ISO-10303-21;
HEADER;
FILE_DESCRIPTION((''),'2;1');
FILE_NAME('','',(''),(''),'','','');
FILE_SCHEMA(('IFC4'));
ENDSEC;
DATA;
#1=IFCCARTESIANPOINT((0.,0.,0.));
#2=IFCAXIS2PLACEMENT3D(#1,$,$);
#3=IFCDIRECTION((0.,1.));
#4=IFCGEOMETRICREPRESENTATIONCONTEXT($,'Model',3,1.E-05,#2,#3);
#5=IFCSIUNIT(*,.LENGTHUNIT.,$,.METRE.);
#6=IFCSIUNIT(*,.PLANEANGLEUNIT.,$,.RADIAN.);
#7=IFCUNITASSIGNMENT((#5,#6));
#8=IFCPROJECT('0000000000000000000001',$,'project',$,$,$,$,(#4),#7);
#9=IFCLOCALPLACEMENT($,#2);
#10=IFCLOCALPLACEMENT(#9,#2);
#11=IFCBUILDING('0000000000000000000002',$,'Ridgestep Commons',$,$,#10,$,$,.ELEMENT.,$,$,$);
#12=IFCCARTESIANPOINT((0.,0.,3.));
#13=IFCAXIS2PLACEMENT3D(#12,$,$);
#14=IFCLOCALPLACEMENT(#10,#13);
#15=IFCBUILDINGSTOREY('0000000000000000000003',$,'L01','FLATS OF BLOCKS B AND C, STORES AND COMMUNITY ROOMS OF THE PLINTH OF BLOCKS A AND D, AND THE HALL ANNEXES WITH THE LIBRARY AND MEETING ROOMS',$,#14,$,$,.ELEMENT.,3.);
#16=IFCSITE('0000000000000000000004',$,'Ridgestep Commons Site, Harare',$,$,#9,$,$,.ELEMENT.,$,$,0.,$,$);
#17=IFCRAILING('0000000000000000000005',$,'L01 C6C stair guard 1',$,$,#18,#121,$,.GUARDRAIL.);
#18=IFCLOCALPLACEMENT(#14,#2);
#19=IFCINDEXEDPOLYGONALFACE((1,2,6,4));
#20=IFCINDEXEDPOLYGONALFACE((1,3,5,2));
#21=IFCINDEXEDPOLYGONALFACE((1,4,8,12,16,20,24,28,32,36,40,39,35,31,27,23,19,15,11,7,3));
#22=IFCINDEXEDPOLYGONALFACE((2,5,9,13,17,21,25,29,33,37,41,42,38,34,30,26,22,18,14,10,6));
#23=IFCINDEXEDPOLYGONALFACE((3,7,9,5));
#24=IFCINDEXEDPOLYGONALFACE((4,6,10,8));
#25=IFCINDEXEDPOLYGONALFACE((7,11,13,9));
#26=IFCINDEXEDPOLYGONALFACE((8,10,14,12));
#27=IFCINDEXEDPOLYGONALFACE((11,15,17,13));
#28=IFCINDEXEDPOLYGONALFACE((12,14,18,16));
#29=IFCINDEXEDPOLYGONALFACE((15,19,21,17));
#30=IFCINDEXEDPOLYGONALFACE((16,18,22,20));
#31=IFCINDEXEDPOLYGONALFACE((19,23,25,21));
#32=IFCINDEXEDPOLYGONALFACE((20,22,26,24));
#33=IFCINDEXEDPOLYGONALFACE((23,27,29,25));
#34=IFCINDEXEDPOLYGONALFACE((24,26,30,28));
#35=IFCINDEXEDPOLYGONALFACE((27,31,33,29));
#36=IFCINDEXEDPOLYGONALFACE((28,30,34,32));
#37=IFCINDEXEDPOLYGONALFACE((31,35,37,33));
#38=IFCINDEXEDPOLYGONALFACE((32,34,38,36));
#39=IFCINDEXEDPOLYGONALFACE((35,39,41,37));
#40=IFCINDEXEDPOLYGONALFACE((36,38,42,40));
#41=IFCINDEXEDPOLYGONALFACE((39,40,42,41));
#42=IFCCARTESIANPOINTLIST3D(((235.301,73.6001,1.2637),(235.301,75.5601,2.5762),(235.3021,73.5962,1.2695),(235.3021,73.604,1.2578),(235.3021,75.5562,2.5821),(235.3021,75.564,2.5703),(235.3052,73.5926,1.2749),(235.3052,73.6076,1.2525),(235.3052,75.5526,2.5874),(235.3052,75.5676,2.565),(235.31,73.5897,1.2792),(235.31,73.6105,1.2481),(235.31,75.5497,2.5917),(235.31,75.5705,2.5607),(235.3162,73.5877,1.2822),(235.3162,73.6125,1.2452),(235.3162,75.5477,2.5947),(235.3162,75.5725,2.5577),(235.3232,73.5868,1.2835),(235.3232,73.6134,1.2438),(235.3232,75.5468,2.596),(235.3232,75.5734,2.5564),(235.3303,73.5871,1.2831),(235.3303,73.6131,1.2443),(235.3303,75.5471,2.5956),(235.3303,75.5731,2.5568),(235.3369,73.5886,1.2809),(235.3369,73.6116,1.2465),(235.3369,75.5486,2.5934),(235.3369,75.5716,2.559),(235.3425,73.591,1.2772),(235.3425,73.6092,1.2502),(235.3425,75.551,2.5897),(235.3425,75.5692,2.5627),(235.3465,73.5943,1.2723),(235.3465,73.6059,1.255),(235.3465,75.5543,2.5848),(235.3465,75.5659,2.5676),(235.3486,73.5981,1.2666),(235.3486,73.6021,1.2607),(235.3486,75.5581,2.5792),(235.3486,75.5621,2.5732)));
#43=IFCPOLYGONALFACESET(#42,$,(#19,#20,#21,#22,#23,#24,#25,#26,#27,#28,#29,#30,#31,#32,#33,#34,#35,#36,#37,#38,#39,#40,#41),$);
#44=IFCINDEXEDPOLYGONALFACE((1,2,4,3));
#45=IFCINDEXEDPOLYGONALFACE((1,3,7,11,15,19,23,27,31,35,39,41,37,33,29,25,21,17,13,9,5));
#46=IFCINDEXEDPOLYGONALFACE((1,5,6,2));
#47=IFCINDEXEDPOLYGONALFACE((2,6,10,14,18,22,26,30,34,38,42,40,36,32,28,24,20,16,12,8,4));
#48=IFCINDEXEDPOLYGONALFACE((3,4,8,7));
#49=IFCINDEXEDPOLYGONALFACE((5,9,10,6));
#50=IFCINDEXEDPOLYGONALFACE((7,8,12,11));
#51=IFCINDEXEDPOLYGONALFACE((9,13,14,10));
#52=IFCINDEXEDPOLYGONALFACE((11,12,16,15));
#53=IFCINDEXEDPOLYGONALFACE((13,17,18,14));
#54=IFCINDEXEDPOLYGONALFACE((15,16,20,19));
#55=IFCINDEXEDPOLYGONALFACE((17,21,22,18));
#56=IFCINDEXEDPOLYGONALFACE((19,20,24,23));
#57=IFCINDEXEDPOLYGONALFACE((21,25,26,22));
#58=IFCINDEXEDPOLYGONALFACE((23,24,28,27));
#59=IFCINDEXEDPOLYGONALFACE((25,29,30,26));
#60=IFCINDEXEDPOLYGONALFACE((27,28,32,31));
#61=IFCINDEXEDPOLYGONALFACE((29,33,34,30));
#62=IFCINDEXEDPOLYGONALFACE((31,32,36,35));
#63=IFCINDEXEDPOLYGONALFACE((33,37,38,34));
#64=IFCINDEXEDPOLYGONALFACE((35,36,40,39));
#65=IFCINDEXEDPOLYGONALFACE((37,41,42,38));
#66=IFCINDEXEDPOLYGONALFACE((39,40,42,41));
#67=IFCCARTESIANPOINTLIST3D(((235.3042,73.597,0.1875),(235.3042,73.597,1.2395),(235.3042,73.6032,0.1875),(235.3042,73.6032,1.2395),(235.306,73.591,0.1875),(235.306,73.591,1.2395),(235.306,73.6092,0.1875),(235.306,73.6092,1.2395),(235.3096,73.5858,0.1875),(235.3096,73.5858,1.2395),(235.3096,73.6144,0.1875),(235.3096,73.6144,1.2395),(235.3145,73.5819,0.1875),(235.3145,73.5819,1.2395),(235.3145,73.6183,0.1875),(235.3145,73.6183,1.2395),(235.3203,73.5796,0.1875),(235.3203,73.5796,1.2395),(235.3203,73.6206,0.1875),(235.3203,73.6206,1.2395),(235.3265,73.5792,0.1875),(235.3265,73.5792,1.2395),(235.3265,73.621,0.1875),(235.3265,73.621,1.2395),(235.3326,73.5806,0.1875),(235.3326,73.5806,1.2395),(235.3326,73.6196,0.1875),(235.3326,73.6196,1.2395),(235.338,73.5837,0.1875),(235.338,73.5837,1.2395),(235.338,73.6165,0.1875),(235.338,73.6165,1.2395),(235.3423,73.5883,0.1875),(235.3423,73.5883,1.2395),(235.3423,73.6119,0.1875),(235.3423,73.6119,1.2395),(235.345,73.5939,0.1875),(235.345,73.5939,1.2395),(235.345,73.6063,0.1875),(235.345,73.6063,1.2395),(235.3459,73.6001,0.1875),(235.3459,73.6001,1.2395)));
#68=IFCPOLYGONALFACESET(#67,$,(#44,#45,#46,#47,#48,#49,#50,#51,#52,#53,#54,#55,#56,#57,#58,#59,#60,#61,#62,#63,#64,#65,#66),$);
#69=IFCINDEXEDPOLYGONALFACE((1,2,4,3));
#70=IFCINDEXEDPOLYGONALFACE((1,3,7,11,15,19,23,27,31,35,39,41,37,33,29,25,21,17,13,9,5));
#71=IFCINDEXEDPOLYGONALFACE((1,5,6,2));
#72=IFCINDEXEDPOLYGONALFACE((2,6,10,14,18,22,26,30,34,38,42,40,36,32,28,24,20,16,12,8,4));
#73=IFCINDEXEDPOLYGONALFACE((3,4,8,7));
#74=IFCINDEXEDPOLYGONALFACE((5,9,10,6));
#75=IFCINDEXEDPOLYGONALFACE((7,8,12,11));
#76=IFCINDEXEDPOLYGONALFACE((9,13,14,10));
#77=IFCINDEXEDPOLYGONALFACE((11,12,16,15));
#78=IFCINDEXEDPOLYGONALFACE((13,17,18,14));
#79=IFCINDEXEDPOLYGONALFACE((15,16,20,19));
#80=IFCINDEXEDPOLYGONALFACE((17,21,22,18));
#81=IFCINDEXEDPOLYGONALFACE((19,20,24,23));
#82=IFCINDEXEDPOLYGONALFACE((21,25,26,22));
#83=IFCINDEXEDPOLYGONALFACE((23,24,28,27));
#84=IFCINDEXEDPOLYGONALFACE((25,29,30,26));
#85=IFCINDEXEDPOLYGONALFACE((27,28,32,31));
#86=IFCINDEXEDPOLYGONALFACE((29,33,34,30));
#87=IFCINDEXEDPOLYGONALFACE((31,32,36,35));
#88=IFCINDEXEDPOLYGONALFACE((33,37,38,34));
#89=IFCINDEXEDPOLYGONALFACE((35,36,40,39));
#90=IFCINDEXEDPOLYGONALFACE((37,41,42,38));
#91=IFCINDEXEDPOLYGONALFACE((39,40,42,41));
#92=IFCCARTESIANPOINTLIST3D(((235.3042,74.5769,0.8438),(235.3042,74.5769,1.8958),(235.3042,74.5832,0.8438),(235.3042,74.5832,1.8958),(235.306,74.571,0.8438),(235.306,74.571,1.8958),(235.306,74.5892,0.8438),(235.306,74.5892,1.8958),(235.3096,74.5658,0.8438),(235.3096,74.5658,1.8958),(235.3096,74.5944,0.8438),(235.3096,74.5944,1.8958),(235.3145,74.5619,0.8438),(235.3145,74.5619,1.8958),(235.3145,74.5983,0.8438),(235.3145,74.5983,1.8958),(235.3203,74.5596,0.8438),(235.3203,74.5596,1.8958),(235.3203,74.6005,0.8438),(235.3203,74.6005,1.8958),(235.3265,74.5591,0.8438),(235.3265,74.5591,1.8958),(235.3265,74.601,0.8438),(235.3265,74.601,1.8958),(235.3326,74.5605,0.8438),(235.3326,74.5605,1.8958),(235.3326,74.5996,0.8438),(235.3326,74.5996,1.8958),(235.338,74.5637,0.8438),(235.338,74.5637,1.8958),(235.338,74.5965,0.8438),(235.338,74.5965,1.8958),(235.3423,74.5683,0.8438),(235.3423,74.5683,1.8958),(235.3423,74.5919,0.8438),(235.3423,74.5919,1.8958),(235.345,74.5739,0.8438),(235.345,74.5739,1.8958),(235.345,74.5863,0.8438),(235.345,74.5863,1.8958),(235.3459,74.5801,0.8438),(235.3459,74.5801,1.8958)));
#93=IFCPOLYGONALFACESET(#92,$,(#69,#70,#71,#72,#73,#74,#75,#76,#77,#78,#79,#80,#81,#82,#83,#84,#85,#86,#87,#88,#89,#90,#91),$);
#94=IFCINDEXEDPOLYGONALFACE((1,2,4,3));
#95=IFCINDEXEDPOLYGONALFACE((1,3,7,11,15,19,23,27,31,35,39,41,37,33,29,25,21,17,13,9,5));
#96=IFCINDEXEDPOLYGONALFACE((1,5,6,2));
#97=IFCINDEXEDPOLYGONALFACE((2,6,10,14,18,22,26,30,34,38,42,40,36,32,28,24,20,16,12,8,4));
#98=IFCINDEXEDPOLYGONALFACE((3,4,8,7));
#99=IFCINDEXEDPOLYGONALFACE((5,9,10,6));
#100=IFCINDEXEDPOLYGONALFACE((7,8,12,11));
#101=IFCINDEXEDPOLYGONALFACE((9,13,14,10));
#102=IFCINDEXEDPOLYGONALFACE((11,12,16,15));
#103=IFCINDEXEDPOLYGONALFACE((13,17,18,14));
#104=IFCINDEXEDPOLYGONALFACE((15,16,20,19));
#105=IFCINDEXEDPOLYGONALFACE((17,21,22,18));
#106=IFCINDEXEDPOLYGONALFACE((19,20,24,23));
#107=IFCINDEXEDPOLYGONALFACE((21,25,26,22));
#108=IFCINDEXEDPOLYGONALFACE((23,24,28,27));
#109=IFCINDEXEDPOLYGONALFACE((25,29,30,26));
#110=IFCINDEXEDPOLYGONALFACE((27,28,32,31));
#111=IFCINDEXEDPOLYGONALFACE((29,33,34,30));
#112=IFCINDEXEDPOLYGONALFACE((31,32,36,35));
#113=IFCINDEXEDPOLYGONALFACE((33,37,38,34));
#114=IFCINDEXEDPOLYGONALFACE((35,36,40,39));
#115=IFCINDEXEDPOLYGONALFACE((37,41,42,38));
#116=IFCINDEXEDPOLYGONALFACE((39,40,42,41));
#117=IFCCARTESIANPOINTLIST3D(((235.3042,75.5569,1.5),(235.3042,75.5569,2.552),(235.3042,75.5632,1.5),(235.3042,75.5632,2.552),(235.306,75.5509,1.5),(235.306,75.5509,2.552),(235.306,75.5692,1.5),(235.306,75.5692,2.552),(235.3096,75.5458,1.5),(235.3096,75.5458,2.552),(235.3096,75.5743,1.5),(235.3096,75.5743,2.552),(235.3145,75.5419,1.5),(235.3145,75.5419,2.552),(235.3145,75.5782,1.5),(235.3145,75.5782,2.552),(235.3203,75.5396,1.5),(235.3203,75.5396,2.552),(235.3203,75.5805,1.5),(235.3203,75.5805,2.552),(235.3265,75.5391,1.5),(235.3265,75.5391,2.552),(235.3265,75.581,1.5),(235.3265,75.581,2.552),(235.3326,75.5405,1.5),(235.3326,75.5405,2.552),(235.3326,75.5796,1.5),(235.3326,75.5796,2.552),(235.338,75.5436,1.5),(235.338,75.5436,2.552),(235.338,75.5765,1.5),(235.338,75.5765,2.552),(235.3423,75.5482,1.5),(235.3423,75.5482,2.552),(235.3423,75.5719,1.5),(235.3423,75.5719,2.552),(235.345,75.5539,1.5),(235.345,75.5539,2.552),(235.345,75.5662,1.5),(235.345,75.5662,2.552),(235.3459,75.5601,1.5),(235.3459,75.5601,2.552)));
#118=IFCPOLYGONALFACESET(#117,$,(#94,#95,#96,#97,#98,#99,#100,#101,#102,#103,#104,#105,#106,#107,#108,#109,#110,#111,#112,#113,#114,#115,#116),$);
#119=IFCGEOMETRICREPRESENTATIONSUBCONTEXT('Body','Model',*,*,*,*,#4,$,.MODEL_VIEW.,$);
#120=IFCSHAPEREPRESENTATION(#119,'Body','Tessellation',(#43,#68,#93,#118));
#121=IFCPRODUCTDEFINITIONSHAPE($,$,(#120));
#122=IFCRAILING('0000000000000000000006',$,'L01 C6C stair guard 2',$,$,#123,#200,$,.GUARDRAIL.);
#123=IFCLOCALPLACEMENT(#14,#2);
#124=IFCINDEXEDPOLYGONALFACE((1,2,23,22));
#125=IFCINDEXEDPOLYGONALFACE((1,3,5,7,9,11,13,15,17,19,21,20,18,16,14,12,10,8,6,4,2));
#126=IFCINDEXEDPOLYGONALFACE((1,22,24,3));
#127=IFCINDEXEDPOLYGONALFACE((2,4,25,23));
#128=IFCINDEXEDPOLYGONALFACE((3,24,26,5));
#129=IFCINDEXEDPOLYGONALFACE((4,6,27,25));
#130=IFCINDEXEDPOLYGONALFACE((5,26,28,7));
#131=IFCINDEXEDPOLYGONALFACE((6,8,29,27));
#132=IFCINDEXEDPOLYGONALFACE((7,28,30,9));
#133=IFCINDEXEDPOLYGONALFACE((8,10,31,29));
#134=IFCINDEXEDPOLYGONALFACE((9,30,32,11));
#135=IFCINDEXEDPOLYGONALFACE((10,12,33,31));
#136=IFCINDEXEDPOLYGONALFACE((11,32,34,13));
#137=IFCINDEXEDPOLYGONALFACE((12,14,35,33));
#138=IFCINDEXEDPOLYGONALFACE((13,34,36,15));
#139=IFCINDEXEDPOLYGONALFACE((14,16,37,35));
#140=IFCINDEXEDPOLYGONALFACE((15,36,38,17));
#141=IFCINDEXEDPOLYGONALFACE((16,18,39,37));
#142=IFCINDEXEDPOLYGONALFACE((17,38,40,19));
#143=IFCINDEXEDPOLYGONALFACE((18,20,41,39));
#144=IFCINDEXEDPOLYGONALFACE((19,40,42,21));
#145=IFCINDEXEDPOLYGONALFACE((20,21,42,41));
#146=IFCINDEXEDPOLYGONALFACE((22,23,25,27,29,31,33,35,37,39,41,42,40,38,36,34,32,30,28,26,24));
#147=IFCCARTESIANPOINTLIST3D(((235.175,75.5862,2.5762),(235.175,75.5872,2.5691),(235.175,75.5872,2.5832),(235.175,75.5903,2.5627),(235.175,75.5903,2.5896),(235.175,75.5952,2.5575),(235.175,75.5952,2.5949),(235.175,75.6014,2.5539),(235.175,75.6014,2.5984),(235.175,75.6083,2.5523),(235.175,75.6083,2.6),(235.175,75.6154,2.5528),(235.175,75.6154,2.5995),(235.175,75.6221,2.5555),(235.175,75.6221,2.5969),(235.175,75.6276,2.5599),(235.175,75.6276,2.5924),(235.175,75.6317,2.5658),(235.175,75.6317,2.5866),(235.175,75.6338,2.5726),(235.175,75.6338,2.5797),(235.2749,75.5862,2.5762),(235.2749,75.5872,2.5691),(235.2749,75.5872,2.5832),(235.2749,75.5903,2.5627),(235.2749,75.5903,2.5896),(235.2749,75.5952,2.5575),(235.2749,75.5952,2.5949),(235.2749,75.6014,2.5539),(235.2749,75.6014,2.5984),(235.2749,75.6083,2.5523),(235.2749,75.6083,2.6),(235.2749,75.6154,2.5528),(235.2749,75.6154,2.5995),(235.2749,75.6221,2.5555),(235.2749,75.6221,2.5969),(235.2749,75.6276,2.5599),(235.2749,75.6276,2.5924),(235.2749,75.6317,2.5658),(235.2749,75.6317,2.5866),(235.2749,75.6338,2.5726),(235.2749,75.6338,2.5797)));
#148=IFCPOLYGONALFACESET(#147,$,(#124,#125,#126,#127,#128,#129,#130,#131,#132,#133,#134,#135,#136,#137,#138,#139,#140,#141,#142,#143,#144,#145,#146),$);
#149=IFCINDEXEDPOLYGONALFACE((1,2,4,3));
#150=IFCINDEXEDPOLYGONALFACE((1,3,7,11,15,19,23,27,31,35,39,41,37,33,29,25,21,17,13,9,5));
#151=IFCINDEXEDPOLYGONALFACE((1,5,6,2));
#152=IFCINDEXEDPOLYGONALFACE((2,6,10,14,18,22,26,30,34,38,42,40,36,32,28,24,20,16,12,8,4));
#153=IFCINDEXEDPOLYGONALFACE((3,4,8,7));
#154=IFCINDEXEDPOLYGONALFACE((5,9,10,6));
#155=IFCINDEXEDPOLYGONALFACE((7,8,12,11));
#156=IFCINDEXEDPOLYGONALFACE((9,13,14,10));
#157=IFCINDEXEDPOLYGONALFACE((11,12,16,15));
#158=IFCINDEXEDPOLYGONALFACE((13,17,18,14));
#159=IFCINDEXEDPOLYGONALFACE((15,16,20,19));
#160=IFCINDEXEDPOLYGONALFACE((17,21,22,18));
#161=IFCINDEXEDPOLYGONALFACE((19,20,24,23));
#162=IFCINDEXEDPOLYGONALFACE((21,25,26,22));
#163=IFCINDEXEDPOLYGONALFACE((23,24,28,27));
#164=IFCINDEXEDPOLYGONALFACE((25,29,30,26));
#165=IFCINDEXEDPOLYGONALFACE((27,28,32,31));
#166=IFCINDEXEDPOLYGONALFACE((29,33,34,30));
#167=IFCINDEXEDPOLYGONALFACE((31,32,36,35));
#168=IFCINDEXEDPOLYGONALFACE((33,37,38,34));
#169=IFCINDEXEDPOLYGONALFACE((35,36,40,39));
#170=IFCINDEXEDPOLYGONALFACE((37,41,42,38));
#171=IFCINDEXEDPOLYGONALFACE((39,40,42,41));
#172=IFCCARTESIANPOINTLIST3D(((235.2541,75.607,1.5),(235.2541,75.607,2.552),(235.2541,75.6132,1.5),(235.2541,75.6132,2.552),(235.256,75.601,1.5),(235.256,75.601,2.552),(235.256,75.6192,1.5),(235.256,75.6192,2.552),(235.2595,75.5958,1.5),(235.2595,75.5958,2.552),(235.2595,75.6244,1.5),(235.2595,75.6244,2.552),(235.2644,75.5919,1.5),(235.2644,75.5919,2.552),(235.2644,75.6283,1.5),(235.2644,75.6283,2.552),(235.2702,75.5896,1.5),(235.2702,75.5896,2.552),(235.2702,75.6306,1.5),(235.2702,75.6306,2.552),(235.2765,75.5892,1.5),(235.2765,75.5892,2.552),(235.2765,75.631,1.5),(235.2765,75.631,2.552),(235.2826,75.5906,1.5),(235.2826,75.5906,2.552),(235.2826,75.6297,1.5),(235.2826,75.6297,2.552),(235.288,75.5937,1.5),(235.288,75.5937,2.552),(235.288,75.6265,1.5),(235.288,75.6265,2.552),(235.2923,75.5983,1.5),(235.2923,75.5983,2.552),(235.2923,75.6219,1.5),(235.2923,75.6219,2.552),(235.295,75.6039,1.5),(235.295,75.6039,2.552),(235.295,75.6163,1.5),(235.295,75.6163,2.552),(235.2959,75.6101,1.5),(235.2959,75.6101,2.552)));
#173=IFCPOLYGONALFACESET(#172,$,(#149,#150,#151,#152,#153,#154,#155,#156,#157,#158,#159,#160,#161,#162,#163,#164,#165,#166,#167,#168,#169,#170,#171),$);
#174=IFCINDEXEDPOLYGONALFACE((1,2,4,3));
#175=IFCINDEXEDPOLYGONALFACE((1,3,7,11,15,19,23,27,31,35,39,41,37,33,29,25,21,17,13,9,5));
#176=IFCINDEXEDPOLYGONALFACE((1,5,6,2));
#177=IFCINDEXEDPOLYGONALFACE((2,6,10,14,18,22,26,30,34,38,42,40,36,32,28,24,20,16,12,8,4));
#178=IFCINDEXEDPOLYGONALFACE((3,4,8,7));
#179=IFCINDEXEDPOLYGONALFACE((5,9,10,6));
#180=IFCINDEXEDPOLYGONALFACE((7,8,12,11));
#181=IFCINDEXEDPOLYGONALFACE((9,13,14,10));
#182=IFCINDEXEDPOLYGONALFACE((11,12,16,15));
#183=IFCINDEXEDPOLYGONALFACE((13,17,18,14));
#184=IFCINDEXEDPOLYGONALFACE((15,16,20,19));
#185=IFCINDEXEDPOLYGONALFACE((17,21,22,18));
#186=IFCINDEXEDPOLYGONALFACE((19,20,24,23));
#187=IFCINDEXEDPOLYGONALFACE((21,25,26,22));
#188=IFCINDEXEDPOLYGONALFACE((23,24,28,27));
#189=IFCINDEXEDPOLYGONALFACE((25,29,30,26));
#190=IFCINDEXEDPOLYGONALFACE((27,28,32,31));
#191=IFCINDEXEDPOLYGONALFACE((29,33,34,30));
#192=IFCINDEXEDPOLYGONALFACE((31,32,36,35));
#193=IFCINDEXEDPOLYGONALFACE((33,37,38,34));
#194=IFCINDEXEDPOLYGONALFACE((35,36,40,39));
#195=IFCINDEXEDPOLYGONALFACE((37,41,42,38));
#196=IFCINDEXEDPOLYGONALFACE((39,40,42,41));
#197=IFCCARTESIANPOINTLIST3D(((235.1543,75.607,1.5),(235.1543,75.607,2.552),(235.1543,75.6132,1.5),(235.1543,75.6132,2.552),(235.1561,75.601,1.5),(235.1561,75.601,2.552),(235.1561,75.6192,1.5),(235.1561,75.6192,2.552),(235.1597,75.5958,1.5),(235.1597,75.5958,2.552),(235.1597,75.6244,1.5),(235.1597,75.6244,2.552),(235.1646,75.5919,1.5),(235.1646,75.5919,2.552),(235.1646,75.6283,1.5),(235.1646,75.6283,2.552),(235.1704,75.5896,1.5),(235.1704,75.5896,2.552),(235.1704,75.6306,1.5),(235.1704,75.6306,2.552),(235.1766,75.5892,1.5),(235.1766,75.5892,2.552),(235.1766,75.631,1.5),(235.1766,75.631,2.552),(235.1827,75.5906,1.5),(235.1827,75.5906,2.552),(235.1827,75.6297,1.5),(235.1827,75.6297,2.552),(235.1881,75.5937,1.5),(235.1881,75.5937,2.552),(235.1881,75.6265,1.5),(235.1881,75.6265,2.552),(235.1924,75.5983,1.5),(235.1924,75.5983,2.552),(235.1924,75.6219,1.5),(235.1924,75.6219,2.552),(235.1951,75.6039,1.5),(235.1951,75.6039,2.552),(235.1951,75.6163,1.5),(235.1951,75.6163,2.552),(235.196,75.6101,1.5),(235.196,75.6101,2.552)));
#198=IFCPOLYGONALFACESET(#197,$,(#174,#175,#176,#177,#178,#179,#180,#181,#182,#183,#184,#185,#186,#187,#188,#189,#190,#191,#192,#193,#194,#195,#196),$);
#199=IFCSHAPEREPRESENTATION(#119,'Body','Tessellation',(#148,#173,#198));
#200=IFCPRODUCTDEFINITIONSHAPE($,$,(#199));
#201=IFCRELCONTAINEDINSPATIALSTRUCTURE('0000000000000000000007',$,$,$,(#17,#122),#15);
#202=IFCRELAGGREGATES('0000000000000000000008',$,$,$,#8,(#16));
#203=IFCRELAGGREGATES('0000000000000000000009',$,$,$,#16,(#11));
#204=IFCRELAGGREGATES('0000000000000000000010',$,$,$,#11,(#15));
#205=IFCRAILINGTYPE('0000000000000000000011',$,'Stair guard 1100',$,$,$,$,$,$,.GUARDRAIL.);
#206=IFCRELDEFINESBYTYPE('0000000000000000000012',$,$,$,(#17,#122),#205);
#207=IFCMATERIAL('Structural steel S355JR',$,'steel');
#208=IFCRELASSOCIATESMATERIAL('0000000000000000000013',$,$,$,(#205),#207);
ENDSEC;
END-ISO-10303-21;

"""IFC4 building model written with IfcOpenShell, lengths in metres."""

from ifc_helpers import new_model, si_unit, direction, frame, origin, origin_2d, place, context, subcontext, project, spatial, circle, extrude, material, type_object, element, save


model = new_model("IFC4")

# Units and contexts
model_context = context("Model", 3, precision=1e-05, world=origin(), true_north=direction((0.0, 1.0)))
body_context = subcontext(model_context, "Body", "Model", "MODEL_VIEW")
ifc_project = project(units=[si_unit("LENGTHUNIT", "METRE"), si_unit("PLANEANGLEUNIT", "RADIAN")], contexts=[model_context])

# Site, building, storey
site_placement = place(None, origin())
site = spatial("IfcSite", under=ifc_project, at=site_placement, Name="Ridgestep Commons Site, Harare", CompositionType="ELEMENT", RefElevation=0.0)
building_placement = place(site_placement, origin())
building = spatial("IfcBuilding", under=site, at=building_placement, Name="Ridgestep Commons", CompositionType="ELEMENT")
storey_placement = place(building_placement, frame((0.0, 0.0, 3.0)))
storey = spatial("IfcBuildingStorey", under=building, at=storey_placement, Name="L01", Description="FLATS OF BLOCKS B AND C, STORES AND COMMUNITY ROOMS OF THE PLINTH OF BLOCKS A AND D, AND THE HALL ANNEXES WITH THE LIBRARY AND MEETING ROOMS", CompositionType="ELEMENT", Elevation=3.0)

# Railings
ifc_material_1 = material(Name="Structural steel S355JR", Category="steel")
railing_type_1 = type_object("IfcRailingType", Name="Stair guard 1100", PredefinedType="GUARDRAIL", material=ifc_material_1)
railing_1_placement = place(storey_placement, frame((235.325, 73.6001, 0.1875)))
element("IfcRailing", 1, at=railing_1_placement, inside=storey, type_object=railing_type_1, Name="L01 C6C stair guard 1", PredefinedType="GUARDRAIL", context=body_context, shape_type="SweptSolid", body=[
    extrude(circle(Radius=0.0239, at=origin_2d()), frame((0.0, 0.0, 1.0762), z_axis=(0.0, 0.830902, 0.556419), x_axis=(-1.0, 0.0, 0.0)), (0.0, 0.0, 1.0), 2.3589),
    extrude(circle(Radius=0.021, at=origin_2d()), origin(), (0.0, 0.0, 1.0), 1.052),
    extrude(circle(Radius=0.021, at=origin_2d()), frame((0.0, 0.98, 0.6562)), (0.0, 0.0, 1.0), 1.052),
    extrude(circle(Radius=0.021, at=origin_2d()), frame((0.0, 1.96, 1.3125)), (0.0, 0.0, 1.0), 1.052),
])
railing_2_placement = place(storey_placement, frame((235.2749, 75.6101, 1.5)))
element("IfcRailing", 2, at=railing_2_placement, inside=storey, type_object=railing_type_1, Name="L01 C6C stair guard 2", PredefinedType="GUARDRAIL", context=body_context, shape_type="SweptSolid", body=[
    extrude(circle(Radius=0.0239, at=origin_2d()), frame((0.0, 0.0, 1.0762), z_axis=(-1.0, 0.0, 0.0), x_axis=(0.0, -1.0, 0.0)), (0.0, 0.0, 1.0), 0.0999),
    extrude(circle(Radius=0.021, at=origin_2d()), origin(), (0.0, 0.0, 1.0), 1.052),
    extrude(circle(Radius=0.021, at=origin_2d()), frame((-0.0999, 0.0, 0.0)), (0.0, 0.0, 1.0), 1.052),
])

save(model, "model.ifc")
